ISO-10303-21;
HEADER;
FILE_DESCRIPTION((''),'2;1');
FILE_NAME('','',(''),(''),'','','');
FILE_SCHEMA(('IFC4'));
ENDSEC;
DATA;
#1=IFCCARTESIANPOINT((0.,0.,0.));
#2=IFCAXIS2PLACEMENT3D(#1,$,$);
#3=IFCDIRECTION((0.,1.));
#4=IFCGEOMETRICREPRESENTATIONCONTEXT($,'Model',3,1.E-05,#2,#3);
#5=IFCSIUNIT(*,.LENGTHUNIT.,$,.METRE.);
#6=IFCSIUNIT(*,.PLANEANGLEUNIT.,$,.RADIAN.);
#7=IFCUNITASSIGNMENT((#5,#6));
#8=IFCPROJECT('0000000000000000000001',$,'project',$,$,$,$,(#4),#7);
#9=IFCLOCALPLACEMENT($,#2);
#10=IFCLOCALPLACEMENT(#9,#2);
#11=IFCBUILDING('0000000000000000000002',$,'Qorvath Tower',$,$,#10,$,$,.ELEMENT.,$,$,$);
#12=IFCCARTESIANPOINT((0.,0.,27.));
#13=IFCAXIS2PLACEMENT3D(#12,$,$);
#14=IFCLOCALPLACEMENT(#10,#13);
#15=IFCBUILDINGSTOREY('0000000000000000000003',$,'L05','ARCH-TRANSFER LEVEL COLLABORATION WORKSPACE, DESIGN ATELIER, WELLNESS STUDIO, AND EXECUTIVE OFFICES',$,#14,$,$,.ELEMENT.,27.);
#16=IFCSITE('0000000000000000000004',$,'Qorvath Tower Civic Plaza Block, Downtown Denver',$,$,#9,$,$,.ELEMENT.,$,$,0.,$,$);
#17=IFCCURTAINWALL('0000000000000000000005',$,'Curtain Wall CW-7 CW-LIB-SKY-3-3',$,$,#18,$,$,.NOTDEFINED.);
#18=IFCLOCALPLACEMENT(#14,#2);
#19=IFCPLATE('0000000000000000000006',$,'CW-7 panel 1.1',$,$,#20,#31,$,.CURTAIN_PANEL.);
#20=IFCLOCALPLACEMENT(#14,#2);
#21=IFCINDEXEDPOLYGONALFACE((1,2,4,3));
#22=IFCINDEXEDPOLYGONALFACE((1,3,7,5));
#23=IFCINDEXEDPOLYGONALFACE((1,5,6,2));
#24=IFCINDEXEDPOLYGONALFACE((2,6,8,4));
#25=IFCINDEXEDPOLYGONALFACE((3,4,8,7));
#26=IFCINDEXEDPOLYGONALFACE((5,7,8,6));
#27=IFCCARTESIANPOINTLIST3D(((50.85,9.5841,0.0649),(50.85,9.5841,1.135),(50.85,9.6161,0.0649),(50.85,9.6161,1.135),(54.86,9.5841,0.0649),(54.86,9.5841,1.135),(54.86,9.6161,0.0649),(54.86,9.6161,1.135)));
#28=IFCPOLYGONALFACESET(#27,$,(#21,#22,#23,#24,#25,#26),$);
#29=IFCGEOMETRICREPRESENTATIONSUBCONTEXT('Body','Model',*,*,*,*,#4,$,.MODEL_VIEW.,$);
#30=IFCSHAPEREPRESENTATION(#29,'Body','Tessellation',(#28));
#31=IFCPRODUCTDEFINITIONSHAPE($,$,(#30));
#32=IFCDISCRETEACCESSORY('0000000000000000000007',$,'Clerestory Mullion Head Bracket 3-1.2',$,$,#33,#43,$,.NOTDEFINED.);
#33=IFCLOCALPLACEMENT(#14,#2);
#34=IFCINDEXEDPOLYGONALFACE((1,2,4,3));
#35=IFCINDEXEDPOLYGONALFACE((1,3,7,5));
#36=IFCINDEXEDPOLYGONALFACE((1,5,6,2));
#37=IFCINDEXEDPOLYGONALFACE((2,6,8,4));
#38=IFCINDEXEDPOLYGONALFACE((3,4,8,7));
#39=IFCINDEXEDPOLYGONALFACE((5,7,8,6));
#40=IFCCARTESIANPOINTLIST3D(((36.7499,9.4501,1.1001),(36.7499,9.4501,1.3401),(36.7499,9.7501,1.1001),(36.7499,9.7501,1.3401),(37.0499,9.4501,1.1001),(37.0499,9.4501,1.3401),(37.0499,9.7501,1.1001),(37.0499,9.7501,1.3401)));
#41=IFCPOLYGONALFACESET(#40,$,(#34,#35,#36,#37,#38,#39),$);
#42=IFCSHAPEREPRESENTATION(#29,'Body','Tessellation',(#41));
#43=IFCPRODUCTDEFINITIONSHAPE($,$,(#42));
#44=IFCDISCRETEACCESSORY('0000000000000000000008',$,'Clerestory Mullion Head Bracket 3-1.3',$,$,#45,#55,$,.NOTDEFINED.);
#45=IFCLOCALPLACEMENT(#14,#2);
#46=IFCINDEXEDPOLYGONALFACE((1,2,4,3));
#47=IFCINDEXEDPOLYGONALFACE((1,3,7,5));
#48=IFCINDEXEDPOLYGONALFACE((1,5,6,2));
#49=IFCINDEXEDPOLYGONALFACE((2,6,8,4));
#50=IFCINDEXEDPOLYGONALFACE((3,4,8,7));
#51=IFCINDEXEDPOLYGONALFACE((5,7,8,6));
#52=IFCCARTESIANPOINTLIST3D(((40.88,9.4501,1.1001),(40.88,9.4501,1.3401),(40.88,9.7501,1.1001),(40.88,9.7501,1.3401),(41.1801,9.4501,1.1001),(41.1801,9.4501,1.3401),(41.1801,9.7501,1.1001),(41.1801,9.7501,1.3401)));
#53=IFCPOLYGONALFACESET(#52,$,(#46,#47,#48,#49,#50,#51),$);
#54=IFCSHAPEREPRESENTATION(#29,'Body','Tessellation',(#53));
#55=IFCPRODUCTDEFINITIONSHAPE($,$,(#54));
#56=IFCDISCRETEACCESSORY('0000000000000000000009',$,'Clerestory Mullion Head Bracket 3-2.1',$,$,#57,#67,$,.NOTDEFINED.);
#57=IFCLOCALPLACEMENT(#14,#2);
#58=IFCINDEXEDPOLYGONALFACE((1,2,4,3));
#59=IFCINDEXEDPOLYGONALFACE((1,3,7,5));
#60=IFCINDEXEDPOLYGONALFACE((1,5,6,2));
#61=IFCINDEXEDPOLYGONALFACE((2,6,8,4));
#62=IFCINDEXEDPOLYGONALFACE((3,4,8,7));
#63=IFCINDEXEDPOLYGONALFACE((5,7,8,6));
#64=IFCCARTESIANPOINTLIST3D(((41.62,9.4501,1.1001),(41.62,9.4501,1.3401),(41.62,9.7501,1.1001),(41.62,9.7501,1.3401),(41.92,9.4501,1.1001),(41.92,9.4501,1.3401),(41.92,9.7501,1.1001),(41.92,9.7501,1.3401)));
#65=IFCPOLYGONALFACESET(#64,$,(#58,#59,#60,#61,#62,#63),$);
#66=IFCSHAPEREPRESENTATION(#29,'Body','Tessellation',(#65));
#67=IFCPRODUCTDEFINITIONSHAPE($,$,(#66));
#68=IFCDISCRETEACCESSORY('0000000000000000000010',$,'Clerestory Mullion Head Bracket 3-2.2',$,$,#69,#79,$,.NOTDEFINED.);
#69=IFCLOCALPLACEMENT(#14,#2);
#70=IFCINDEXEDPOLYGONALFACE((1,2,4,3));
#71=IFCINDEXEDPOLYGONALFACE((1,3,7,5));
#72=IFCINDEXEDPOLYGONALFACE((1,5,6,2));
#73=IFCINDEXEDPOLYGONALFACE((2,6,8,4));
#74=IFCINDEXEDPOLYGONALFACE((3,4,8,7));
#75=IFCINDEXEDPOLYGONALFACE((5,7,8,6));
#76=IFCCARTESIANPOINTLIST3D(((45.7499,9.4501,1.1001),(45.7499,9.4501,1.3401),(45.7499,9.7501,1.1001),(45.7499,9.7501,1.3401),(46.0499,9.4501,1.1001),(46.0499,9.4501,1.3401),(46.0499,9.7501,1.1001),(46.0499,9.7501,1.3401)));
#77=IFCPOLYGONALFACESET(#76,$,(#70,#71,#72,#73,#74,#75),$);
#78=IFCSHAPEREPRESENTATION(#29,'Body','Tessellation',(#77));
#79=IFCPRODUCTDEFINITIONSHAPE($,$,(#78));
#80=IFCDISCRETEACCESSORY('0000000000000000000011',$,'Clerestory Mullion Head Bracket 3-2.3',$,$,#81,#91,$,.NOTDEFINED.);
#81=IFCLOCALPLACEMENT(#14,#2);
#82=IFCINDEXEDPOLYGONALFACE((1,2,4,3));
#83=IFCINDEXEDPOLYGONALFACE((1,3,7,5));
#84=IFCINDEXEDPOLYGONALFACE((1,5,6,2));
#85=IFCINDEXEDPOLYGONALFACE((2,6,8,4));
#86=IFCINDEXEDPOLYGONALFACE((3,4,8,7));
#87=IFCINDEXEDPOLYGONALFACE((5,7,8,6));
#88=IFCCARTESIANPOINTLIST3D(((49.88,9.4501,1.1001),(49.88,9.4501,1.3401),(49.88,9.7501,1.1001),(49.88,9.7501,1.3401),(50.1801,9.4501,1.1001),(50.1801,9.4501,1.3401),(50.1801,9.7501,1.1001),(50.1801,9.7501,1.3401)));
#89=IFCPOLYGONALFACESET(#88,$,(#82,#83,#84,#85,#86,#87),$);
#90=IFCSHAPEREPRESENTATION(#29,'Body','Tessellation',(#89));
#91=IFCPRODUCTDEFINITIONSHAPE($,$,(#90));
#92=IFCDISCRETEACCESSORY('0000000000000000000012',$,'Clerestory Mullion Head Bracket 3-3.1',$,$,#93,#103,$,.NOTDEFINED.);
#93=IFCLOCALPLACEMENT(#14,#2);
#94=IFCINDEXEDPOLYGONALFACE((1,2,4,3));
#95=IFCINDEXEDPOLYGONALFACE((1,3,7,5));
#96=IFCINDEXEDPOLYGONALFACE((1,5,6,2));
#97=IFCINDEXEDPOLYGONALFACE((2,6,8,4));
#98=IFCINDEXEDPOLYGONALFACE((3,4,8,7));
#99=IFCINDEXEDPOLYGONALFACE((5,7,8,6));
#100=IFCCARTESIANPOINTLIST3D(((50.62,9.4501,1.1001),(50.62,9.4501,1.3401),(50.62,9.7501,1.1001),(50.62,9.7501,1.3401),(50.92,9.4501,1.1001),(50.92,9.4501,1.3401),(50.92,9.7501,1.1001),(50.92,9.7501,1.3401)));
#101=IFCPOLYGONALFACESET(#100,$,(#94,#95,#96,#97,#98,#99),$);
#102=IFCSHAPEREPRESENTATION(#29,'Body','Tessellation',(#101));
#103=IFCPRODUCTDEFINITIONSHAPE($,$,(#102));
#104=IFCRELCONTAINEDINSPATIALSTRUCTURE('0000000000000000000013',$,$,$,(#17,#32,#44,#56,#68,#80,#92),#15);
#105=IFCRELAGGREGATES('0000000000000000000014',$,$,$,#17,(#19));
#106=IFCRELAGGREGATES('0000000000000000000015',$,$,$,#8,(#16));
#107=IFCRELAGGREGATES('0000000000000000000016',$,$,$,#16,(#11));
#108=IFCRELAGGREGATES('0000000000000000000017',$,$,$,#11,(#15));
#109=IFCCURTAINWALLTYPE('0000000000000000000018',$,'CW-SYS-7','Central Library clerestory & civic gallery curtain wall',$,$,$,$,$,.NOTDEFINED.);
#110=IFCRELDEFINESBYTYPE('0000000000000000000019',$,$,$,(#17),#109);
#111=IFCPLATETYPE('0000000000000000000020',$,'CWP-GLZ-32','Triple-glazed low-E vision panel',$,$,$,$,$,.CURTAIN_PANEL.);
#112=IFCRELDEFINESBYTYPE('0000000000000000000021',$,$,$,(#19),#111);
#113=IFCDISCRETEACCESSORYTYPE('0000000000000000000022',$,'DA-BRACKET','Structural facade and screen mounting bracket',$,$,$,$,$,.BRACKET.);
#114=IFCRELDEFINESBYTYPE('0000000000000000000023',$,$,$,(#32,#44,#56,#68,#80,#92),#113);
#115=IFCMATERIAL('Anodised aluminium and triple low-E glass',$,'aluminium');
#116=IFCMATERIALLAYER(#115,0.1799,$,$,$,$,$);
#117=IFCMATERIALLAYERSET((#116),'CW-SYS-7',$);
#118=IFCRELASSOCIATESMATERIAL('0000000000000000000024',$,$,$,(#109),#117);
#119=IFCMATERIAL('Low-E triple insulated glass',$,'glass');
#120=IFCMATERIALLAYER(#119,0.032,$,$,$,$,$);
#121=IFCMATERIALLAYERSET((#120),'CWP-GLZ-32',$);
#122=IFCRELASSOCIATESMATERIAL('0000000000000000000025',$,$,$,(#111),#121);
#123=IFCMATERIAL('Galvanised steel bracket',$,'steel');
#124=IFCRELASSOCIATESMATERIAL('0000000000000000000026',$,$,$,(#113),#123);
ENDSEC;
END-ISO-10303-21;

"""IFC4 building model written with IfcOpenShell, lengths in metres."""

from ifc_helpers import new_model, si_unit, direction, frame, origin, origin_2d, place, context, subcontext, project, spatial, rectangle, extrude, material, layer, layer_set, type_object, element, aggregate, save


model = new_model("IFC4")

# Units and contexts
model_context = context("Model", 3, precision=1e-05, world=origin(), true_north=direction((0.0, 1.0)))
body_context = subcontext(model_context, "Body", "Model", "MODEL_VIEW")
ifc_project = project(units=[si_unit("LENGTHUNIT", "METRE"), si_unit("PLANEANGLEUNIT", "RADIAN")], contexts=[model_context])

# Site, building, storey
site_placement = place(None, origin())
site = spatial("IfcSite", under=ifc_project, at=site_placement, Name="Qorvath Tower Civic Plaza Block, Downtown Denver", CompositionType="ELEMENT", RefElevation=0.0)
building_placement = place(site_placement, origin())
building = spatial("IfcBuilding", under=site, at=building_placement, Name="Qorvath Tower", CompositionType="ELEMENT")
storey_placement = place(building_placement, frame((0.0, 0.0, 27.0)))
storey = spatial("IfcBuildingStorey", under=building, at=storey_placement, Name="L05", Description="ARCH-TRANSFER LEVEL COLLABORATION WORKSPACE, DESIGN ATELIER, WELLNESS STUDIO, AND EXECUTIVE OFFICES", CompositionType="ELEMENT", Elevation=27.0)

# Shared definitions
ifc_material_1 = material(Name="Anodised aluminium and triple low-E glass", Category="aluminium")
ifc_layer_1 = layer(ifc_material_1, 0.1799)
ifc_layer_set_1 = layer_set([ifc_layer_1], Name="CW-SYS-7")
curtain_wall_type = type_object("IfcCurtainWallType", Name="CW-SYS-7", Description="Central Library clerestory & civic gallery curtain wall", PredefinedType="NOTDEFINED", material=ifc_layer_set_1)

# Curtain wall
curtain_wall_1_placement = place(storey_placement, origin())
curtain_wall_1 = element("IfcCurtainWall", 1, at=curtain_wall_1_placement, inside=storey, type_object=curtain_wall_type, Name="Curtain Wall CW-7 CW-LIB-SKY-3-3", PredefinedType="NOTDEFINED")

# Plate
ifc_material_2 = material(Name="Low-E triple insulated glass", Category="glass")
ifc_layer_2 = layer(ifc_material_2, 0.032)
ifc_layer_set_2 = layer_set([ifc_layer_2], Name="CWP-GLZ-32")
plate_type = type_object("IfcPlateType", Name="CWP-GLZ-32", Description="Triple-glazed low-E vision panel", PredefinedType="CURTAIN_PANEL", material=ifc_layer_set_2)
plate_1_placement = place(storey_placement, frame((52.855, 9.6001, 0.0649), z_axis=(0.0, 0.0, 1.0), x_axis=(1.0, 0.0, 0.0)))
plate_1 = element("IfcPlate", 2, at=plate_1_placement, type_object=plate_type, Name="CW-7 panel 1.1", PredefinedType="CURTAIN_PANEL", context=body_context, shape_type="SweptSolid", body=[
    extrude(rectangle(XDim=4.01, YDim=0.032, at=origin_2d()), origin(), (0.0, 0.0, 1.0), 1.0701),
])
aggregate(curtain_wall_1, [plate_1])

# Discrete accessories
ifc_material_3 = material(Name="Galvanised steel bracket", Category="steel")
discrete_accessory_type = type_object("IfcDiscreteAccessoryType", Name="DA-BRACKET", Description="Structural facade and screen mounting bracket", PredefinedType="BRACKET", material=ifc_material_3)
for number, where, z_axis, x_axis, name in (
    (3, (36.8999, 9.6001, 1.1001), (0.0, 0.0, 1.0), (1.0, 0.0, 0.0), "Clerestory Mullion Head Bracket 3-1.2"),
    (4, (41.03, 9.6001, 1.1001), (0.0, 0.0, 1.0), (1.0, 0.0, 0.0), "Clerestory Mullion Head Bracket 3-1.3"),
    (5, (41.77, 9.6001, 1.1001), (0.0, 0.0, 1.0), (1.0, 0.0, 0.0), "Clerestory Mullion Head Bracket 3-2.1"),
    (6, (45.8999, 9.6001, 1.1001), (0.0, 0.0, 1.0), (1.0, 0.0, 0.0), "Clerestory Mullion Head Bracket 3-2.2"),
    (7, (50.03, 9.6001, 1.1001), (0.0, 0.0, 1.0), (1.0, 0.0, 0.0), "Clerestory Mullion Head Bracket 3-2.3"),
    (8, (50.77, 9.6001, 1.1001), (0.0, 0.0, 1.0), (1.0, 0.0, 0.0), "Clerestory Mullion Head Bracket 3-3.1"),
):
    element("IfcDiscreteAccessory", number, at=place(storey_placement, frame(where, z_axis=z_axis, x_axis=x_axis)), inside=storey, type_object=discrete_accessory_type, Name=name, PredefinedType="NOTDEFINED", context=body_context, shape_type="SweptSolid", body=[
        extrude(rectangle(XDim=0.3, YDim=0.3, at=origin_2d()), origin(), (0.0, 0.0, 1.0), 0.24),
    ])

save(model, "model.ifc")
